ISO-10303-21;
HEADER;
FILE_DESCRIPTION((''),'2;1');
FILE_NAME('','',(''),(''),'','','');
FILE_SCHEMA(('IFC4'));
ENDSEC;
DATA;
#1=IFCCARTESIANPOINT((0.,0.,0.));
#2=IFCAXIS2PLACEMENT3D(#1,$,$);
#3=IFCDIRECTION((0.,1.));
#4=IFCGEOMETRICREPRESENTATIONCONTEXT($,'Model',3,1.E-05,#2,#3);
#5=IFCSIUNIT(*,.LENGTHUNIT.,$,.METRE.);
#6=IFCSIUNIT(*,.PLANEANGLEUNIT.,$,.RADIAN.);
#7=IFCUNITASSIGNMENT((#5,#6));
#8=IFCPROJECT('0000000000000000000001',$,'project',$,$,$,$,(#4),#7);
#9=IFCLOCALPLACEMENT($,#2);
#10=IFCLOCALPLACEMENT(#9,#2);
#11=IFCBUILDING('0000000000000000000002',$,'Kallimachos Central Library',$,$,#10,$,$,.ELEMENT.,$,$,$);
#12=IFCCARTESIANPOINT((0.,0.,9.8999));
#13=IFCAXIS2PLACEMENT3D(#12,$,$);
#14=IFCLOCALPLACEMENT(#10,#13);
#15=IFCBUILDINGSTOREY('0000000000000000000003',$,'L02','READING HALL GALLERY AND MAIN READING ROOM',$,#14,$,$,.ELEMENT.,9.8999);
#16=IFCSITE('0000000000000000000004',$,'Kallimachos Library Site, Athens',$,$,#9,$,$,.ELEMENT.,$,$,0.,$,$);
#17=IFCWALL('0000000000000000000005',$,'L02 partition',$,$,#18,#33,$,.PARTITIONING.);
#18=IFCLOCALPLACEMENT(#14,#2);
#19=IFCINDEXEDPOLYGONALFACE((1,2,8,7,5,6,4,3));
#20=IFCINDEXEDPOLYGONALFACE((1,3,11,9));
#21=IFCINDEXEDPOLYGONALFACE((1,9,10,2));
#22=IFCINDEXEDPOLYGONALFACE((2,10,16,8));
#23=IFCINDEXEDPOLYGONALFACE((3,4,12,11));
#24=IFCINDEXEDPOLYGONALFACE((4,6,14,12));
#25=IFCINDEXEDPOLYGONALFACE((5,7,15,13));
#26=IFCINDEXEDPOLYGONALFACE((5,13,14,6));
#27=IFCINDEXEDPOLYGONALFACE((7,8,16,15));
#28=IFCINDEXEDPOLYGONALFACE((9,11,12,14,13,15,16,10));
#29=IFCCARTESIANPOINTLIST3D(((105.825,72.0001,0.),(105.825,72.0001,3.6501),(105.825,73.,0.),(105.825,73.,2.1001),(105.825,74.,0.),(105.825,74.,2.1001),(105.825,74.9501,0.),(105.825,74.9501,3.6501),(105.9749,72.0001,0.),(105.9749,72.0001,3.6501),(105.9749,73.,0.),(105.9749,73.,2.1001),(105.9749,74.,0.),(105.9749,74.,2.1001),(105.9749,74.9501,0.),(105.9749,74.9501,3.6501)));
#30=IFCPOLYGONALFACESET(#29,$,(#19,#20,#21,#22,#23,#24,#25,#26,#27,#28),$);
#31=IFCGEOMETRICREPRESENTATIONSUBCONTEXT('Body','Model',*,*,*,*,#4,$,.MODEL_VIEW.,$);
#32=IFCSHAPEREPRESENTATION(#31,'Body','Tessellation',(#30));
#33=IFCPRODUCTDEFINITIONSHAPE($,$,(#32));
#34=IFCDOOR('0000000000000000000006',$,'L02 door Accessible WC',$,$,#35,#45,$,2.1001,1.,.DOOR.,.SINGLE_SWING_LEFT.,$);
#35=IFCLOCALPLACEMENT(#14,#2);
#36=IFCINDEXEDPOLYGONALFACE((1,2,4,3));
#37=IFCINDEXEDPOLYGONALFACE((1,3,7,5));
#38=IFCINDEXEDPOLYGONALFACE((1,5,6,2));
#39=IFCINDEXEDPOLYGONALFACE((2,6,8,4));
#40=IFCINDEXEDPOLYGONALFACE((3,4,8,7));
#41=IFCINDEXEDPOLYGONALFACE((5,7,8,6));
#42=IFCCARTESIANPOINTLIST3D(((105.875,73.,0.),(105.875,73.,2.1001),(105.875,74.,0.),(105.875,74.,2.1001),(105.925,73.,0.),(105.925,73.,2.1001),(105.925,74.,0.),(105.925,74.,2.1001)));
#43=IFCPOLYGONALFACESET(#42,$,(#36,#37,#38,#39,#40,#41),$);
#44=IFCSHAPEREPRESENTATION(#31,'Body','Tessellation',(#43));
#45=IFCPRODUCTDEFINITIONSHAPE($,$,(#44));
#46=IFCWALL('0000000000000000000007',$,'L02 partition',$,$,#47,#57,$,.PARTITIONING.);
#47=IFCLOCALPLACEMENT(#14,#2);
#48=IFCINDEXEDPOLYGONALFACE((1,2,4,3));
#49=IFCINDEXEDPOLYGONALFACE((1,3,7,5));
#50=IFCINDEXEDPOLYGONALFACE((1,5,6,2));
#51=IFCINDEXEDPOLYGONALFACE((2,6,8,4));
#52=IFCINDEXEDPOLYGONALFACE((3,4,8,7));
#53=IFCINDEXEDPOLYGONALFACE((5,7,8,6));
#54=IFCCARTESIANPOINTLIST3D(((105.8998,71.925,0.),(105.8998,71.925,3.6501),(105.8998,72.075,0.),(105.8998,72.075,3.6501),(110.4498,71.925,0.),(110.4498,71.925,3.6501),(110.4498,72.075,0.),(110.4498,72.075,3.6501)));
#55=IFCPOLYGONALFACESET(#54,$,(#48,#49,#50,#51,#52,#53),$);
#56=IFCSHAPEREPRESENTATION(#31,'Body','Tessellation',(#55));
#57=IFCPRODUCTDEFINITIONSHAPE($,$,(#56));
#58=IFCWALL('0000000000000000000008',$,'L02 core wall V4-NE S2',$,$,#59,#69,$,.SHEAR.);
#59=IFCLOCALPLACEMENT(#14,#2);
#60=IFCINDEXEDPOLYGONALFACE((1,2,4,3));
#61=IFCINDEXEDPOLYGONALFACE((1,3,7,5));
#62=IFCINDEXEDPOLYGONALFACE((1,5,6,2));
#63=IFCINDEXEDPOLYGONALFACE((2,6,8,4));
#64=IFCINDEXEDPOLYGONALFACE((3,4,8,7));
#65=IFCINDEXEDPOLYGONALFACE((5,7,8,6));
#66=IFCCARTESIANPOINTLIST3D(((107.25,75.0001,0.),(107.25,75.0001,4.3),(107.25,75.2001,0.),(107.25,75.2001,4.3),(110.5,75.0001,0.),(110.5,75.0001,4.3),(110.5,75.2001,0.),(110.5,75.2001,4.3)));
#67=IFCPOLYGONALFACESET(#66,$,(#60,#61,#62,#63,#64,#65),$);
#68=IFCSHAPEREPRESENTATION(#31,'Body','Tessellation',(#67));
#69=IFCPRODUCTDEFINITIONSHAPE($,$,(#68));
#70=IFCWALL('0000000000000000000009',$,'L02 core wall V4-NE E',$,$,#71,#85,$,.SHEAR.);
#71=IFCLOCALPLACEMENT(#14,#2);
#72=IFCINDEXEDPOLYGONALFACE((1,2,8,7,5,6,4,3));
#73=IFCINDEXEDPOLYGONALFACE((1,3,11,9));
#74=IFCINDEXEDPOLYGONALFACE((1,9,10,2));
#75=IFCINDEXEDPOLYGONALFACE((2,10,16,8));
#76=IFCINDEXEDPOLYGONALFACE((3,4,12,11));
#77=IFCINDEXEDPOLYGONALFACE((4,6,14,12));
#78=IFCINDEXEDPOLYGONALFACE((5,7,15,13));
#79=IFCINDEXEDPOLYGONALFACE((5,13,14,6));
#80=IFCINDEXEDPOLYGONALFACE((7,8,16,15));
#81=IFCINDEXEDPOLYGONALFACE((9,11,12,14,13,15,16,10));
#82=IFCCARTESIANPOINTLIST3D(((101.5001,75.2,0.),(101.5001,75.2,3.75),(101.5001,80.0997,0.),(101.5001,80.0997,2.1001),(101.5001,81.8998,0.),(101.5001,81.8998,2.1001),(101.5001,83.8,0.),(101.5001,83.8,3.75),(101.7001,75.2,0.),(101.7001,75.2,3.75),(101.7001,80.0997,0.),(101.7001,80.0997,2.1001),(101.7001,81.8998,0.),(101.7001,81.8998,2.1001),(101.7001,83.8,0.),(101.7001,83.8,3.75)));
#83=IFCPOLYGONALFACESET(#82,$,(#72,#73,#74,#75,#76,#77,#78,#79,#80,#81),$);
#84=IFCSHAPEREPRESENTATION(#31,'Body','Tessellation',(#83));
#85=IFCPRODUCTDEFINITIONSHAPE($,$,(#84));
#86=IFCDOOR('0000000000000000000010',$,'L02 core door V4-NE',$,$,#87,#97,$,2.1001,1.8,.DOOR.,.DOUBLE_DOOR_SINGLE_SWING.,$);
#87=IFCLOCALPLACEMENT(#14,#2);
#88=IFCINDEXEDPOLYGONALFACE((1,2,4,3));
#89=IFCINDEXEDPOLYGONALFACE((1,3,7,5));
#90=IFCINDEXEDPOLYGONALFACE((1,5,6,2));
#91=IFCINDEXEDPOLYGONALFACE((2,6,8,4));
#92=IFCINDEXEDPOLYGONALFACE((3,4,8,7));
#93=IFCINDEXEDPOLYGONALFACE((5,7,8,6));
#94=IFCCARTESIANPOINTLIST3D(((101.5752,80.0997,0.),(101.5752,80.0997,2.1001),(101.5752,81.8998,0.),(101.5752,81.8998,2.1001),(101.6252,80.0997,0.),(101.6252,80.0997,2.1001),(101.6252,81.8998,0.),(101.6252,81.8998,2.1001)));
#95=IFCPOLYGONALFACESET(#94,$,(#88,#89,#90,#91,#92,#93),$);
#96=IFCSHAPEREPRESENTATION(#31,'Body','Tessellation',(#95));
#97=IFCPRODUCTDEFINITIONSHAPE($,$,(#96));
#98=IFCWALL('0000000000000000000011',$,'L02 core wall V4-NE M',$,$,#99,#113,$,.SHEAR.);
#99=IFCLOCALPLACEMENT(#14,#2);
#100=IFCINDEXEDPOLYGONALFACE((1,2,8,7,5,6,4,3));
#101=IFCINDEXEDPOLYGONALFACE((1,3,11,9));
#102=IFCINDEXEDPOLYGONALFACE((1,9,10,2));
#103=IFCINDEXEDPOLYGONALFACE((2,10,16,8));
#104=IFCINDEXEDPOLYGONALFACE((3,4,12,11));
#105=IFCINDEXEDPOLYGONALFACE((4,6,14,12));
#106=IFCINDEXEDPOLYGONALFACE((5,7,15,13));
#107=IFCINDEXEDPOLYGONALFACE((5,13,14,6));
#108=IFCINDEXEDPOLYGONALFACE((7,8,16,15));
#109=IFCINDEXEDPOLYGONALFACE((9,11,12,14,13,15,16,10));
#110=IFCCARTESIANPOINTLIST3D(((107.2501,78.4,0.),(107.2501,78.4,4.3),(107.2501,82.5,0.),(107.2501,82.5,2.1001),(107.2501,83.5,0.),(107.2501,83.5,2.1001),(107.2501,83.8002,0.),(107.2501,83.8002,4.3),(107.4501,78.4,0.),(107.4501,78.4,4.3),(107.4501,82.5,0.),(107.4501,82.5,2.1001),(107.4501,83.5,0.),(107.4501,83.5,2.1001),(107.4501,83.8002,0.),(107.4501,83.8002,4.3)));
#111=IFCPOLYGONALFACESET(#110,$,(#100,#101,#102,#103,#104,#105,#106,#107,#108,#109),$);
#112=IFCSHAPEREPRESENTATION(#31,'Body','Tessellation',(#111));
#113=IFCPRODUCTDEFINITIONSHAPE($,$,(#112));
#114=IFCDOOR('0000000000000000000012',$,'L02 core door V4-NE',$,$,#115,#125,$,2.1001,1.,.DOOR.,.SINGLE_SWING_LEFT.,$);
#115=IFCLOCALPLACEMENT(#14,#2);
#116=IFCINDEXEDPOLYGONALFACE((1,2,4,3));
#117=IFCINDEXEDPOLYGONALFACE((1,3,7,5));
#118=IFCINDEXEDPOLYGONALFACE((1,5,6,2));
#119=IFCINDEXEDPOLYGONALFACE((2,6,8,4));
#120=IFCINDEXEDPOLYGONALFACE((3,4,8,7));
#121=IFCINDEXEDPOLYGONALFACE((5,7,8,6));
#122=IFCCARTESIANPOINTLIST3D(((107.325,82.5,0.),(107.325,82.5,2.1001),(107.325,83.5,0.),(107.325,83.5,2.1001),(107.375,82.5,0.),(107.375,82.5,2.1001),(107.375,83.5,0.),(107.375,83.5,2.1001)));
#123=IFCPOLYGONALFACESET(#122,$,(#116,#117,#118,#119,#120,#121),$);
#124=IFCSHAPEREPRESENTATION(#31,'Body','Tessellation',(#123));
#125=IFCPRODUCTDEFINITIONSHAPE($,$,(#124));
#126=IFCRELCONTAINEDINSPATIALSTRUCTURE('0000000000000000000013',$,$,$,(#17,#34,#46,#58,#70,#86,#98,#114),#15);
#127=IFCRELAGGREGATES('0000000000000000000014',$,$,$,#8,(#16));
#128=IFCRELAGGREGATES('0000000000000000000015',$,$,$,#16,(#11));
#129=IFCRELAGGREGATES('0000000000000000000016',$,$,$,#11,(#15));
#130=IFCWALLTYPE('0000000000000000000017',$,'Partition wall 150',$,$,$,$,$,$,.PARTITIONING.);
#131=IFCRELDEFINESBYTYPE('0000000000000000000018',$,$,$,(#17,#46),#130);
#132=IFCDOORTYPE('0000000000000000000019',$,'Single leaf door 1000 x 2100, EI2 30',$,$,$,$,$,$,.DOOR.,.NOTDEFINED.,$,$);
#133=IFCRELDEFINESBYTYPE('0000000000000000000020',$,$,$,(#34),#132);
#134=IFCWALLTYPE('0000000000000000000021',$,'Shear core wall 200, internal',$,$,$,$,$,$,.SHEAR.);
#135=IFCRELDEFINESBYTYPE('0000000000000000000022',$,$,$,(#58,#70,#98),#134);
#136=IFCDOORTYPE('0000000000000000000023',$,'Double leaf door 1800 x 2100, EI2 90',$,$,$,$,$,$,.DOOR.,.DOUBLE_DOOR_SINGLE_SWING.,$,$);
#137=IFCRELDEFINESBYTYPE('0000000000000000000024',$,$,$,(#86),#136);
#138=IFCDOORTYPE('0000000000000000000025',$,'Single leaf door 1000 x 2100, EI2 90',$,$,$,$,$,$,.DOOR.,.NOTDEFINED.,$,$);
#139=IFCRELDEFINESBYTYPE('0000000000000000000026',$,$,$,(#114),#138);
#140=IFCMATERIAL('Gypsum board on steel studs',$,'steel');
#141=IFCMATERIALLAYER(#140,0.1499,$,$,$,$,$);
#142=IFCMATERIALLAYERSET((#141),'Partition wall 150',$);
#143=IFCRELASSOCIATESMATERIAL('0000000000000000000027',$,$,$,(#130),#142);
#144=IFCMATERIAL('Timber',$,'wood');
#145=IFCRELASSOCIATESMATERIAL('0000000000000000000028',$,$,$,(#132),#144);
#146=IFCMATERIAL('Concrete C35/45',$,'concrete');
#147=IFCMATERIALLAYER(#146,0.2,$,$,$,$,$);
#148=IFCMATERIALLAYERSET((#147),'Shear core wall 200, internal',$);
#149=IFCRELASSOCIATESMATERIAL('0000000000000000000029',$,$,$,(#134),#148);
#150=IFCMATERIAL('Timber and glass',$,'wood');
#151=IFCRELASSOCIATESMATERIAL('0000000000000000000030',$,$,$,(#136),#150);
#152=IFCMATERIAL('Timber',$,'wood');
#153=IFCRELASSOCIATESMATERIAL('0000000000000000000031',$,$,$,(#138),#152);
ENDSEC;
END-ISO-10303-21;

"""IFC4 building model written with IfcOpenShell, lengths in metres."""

from ifc_helpers import new_model, si_unit, direction, frame, frame_2d, origin, place, context, subcontext, project, spatial, rectangle, extrude, material, layer, layer_set, type_object, element, fill, save


model = new_model("IFC4")

# Units and contexts
model_context = context("Model", 3, precision=1e-05, world=origin(), true_north=direction((0.0, 1.0)))
body_context = subcontext(model_context, "Body", "Model", "MODEL_VIEW")
ifc_project = project(units=[si_unit("LENGTHUNIT", "METRE"), si_unit("PLANEANGLEUNIT", "RADIAN")], contexts=[model_context])

# Site, building, storey
site_placement = place(None, origin())
site = spatial("IfcSite", under=ifc_project, at=site_placement, Name="Kallimachos Library Site, Athens", CompositionType="ELEMENT", RefElevation=0.0)
building_placement = place(site_placement, origin())
building = spatial("IfcBuilding", under=site, at=building_placement, Name="Kallimachos Central Library", CompositionType="ELEMENT")
storey_placement = place(building_placement, frame((0.0, 0.0, 9.8999)))
storey = spatial("IfcBuildingStorey", under=building, at=storey_placement, Name="L02", Description="READING HALL GALLERY AND MAIN READING ROOM", CompositionType="ELEMENT", Elevation=9.8999)

# Wall, opening, door
ifc_material_1 = material(Name="Gypsum board on steel studs", Category="steel")
ifc_layer_1 = layer(ifc_material_1, 0.1499)
ifc_layer_set_1 = layer_set([ifc_layer_1], Name="Partition wall 150")
wall_type_1 = type_object("IfcWallType", Name="Partition wall 150", PredefinedType="PARTITIONING", material=ifc_layer_set_1)
wall_1_placement = place(storey_placement, frame((105.8999, 72.0, 0.0), z_axis=(0.0, 0.0, 1.0), x_axis=(0.0, 1.0, 0.0)))
wall_1 = element("IfcWall", 1, at=wall_1_placement, inside=storey, type_object=wall_type_1, Name="L02 partition", PredefinedType="PARTITIONING", context=body_context, shape_type="SweptSolid", body=[
    extrude(rectangle(XDim=2.95, YDim=0.1499, at=frame_2d((1.4751, 0.0))), origin(), (0.0, 0.0, 1.0), 3.6501),
])
opening_1_placement = place(wall_1_placement, frame((1.0, 0.0, 0.0)))
opening_1 = element("IfcOpeningElement", 2, at=opening_1_placement, cuts=wall_1, PredefinedType="OPENING", context=body_context, shape_type="SweptSolid", body=[
    extrude(rectangle(XDim=1.0, YDim=2.1001, at=frame_2d((0.5, 1.05))), frame((0.0, 0.085, 0.0), z_axis=(0.0, -1.0, 0.0), x_axis=(1.0, 0.0, 0.0)), (0.0, 0.0, 1.0), 0.1699),
])
ifc_material_2 = material(Name="Timber", Category="wood")
door_type_1 = type_object("IfcDoorType", Name="Single leaf door 1000 x 2100, EI2 30", OperationType="NOTDEFINED", PredefinedType="DOOR", material=ifc_material_2)
door_1_placement = place(opening_1_placement, origin())
door_1 = element("IfcDoor", 3, at=door_1_placement, inside=storey, type_object=door_type_1, Name="L02 door Accessible WC", OperationType="SINGLE_SWING_LEFT", OverallHeight=2.1001, OverallWidth=1.0, PredefinedType="DOOR", context=body_context, shape_type="SweptSolid", body=[
    extrude(rectangle(XDim=1.0, YDim=2.1001, at=frame_2d((0.5, 1.05))), frame((0.0, 0.0249, 0.0), z_axis=(0.0, -1.0, 0.0), x_axis=(1.0, 0.0, 0.0)), (0.0, 0.0, 1.0), 0.05),
])
fill(opening_1, door_1)

# Walls
wall_2_placement = place(storey_placement, frame((105.8999, 72.0, 0.0), z_axis=(0.0, 0.0, 1.0), x_axis=(1.0, 0.0, 0.0)))
element("IfcWall", 4, at=wall_2_placement, inside=storey, type_object=wall_type_1, Name="L02 partition", PredefinedType="PARTITIONING", context=body_context, shape_type="SweptSolid", body=[
    extrude(rectangle(XDim=4.55, YDim=0.1499, at=frame_2d((2.2749, 0.0))), origin(), (0.0, 0.0, 1.0), 3.6501),
])
ifc_material_3 = material(Name="Concrete C35/45", Category="concrete")
ifc_layer_2 = layer(ifc_material_3, 0.2)
ifc_layer_set_2 = layer_set([ifc_layer_2], Name="Shear core wall 200, internal")
wall_type_2 = type_object("IfcWallType", Name="Shear core wall 200, internal", PredefinedType="SHEAR", material=ifc_layer_set_2)
wall_3_placement = place(storey_placement, frame((107.25, 75.1001, 0.0), z_axis=(0.0, 0.0, 1.0), x_axis=(1.0, 0.0, 0.0)))
element("IfcWall", 5, at=wall_3_placement, inside=storey, type_object=wall_type_2, Name="L02 core wall V4-NE S2", PredefinedType="SHEAR", context=body_context, shape_type="SweptSolid", body=[
    extrude(rectangle(XDim=3.25, YDim=0.2, at=frame_2d((1.625, 0.0))), origin(), (0.0, 0.0, 1.0), 4.3),
])

# Walls, openings, doors
wall_4_placement = place(storey_placement, frame((101.6001, 75.2, 0.0), z_axis=(0.0, 0.0, 1.0), x_axis=(0.0, 1.0, 0.0)))
wall_4 = element("IfcWall", 6, at=wall_4_placement, inside=storey, type_object=wall_type_2, Name="L02 core wall V4-NE E", PredefinedType="SHEAR", context=body_context, shape_type="SweptSolid", body=[
    extrude(rectangle(XDim=8.6001, YDim=0.2, at=frame_2d((4.3, 0.0))), origin(), (0.0, 0.0, 1.0), 3.75),
])
opening_2_placement = place(wall_4_placement, frame((4.8999, 0.0, 0.0)))
opening_2 = element("IfcOpeningElement", 7, at=opening_2_placement, cuts=wall_4, PredefinedType="OPENING", context=body_context, shape_type="SweptSolid", body=[
    extrude(rectangle(XDim=1.8, YDim=2.1001, at=frame_2d((0.8999, 1.05))), frame((0.0, 0.1099, 0.0), z_axis=(0.0, -1.0, 0.0), x_axis=(1.0, 0.0, 0.0)), (0.0, 0.0, 1.0), 0.22),
])
ifc_material_4 = material(Name="Timber and glass", Category="wood")
door_type_2 = type_object("IfcDoorType", Name="Double leaf door 1800 x 2100, EI2 90", OperationType="DOUBLE_DOOR_SINGLE_SWING", PredefinedType="DOOR", material=ifc_material_4)
door_2_placement = place(opening_2_placement, origin())
door_2 = element("IfcDoor", 8, at=door_2_placement, inside=storey, type_object=door_type_2, Name="L02 core door V4-NE", OperationType="DOUBLE_DOOR_SINGLE_SWING", OverallHeight=2.1001, OverallWidth=1.8, PredefinedType="DOOR", context=body_context, shape_type="SweptSolid", body=[
    extrude(rectangle(XDim=1.8, YDim=2.1001, at=frame_2d((0.8999, 1.05))), frame((0.0, 0.0249, 0.0), z_axis=(0.0, -1.0, 0.0), x_axis=(1.0, 0.0, 0.0)), (0.0, 0.0, 1.0), 0.05),
])
fill(opening_2, door_2)
wall_5_placement = place(storey_placement, frame((107.3501, 78.3999, 0.0), z_axis=(0.0, 0.0, 1.0), x_axis=(0.0, 1.0, 0.0)))
wall_5 = element("IfcWall", 9, at=wall_5_placement, inside=storey, type_object=wall_type_2, Name="L02 core wall V4-NE M", PredefinedType="SHEAR", context=body_context, shape_type="SweptSolid", body=[
    extrude(rectangle(XDim=5.4001, YDim=0.2, at=frame_2d((2.7002, 0.0))), origin(), (0.0, 0.0, 1.0), 4.3),
])
opening_3_placement = place(wall_5_placement, frame((4.1001, 0.0, 0.0)))
opening_3 = element("IfcOpeningElement", 10, at=opening_3_placement, cuts=wall_5, PredefinedType="OPENING", context=body_context, shape_type="SweptSolid", body=[
    extrude(rectangle(XDim=1.0, YDim=2.1001, at=frame_2d((0.5, 1.05))), frame((0.0, 0.1099, 0.0), z_axis=(0.0, -1.0, 0.0), x_axis=(1.0, 0.0, 0.0)), (0.0, 0.0, 1.0), 0.22),
])
ifc_material_5 = material(Name="Timber", Category="wood")
door_type_3 = type_object("IfcDoorType", Name="Single leaf door 1000 x 2100, EI2 90", OperationType="NOTDEFINED", PredefinedType="DOOR", material=ifc_material_5)
door_3_placement = place(opening_3_placement, frame((1.0, 0.0, 0.0), z_axis=(0.0, 0.0, 1.0), x_axis=(-1.0, 0.0, 0.0)))
door_3 = element("IfcDoor", 11, at=door_3_placement, inside=storey, type_object=door_type_3, Name="L02 core door V4-NE", OperationType="SINGLE_SWING_LEFT", OverallHeight=2.1001, OverallWidth=1.0, PredefinedType="DOOR", context=body_context, shape_type="SweptSolid", body=[
    extrude(rectangle(XDim=1.0, YDim=2.1001, at=frame_2d((0.5, 1.05))), frame((0.0, 0.0249, 0.0), z_axis=(0.0, -1.0, 0.0), x_axis=(1.0, 0.0, 0.0)), (0.0, 0.0, 1.0), 0.05),
])
fill(opening_3, door_3)

save(model, "model.ifc")
